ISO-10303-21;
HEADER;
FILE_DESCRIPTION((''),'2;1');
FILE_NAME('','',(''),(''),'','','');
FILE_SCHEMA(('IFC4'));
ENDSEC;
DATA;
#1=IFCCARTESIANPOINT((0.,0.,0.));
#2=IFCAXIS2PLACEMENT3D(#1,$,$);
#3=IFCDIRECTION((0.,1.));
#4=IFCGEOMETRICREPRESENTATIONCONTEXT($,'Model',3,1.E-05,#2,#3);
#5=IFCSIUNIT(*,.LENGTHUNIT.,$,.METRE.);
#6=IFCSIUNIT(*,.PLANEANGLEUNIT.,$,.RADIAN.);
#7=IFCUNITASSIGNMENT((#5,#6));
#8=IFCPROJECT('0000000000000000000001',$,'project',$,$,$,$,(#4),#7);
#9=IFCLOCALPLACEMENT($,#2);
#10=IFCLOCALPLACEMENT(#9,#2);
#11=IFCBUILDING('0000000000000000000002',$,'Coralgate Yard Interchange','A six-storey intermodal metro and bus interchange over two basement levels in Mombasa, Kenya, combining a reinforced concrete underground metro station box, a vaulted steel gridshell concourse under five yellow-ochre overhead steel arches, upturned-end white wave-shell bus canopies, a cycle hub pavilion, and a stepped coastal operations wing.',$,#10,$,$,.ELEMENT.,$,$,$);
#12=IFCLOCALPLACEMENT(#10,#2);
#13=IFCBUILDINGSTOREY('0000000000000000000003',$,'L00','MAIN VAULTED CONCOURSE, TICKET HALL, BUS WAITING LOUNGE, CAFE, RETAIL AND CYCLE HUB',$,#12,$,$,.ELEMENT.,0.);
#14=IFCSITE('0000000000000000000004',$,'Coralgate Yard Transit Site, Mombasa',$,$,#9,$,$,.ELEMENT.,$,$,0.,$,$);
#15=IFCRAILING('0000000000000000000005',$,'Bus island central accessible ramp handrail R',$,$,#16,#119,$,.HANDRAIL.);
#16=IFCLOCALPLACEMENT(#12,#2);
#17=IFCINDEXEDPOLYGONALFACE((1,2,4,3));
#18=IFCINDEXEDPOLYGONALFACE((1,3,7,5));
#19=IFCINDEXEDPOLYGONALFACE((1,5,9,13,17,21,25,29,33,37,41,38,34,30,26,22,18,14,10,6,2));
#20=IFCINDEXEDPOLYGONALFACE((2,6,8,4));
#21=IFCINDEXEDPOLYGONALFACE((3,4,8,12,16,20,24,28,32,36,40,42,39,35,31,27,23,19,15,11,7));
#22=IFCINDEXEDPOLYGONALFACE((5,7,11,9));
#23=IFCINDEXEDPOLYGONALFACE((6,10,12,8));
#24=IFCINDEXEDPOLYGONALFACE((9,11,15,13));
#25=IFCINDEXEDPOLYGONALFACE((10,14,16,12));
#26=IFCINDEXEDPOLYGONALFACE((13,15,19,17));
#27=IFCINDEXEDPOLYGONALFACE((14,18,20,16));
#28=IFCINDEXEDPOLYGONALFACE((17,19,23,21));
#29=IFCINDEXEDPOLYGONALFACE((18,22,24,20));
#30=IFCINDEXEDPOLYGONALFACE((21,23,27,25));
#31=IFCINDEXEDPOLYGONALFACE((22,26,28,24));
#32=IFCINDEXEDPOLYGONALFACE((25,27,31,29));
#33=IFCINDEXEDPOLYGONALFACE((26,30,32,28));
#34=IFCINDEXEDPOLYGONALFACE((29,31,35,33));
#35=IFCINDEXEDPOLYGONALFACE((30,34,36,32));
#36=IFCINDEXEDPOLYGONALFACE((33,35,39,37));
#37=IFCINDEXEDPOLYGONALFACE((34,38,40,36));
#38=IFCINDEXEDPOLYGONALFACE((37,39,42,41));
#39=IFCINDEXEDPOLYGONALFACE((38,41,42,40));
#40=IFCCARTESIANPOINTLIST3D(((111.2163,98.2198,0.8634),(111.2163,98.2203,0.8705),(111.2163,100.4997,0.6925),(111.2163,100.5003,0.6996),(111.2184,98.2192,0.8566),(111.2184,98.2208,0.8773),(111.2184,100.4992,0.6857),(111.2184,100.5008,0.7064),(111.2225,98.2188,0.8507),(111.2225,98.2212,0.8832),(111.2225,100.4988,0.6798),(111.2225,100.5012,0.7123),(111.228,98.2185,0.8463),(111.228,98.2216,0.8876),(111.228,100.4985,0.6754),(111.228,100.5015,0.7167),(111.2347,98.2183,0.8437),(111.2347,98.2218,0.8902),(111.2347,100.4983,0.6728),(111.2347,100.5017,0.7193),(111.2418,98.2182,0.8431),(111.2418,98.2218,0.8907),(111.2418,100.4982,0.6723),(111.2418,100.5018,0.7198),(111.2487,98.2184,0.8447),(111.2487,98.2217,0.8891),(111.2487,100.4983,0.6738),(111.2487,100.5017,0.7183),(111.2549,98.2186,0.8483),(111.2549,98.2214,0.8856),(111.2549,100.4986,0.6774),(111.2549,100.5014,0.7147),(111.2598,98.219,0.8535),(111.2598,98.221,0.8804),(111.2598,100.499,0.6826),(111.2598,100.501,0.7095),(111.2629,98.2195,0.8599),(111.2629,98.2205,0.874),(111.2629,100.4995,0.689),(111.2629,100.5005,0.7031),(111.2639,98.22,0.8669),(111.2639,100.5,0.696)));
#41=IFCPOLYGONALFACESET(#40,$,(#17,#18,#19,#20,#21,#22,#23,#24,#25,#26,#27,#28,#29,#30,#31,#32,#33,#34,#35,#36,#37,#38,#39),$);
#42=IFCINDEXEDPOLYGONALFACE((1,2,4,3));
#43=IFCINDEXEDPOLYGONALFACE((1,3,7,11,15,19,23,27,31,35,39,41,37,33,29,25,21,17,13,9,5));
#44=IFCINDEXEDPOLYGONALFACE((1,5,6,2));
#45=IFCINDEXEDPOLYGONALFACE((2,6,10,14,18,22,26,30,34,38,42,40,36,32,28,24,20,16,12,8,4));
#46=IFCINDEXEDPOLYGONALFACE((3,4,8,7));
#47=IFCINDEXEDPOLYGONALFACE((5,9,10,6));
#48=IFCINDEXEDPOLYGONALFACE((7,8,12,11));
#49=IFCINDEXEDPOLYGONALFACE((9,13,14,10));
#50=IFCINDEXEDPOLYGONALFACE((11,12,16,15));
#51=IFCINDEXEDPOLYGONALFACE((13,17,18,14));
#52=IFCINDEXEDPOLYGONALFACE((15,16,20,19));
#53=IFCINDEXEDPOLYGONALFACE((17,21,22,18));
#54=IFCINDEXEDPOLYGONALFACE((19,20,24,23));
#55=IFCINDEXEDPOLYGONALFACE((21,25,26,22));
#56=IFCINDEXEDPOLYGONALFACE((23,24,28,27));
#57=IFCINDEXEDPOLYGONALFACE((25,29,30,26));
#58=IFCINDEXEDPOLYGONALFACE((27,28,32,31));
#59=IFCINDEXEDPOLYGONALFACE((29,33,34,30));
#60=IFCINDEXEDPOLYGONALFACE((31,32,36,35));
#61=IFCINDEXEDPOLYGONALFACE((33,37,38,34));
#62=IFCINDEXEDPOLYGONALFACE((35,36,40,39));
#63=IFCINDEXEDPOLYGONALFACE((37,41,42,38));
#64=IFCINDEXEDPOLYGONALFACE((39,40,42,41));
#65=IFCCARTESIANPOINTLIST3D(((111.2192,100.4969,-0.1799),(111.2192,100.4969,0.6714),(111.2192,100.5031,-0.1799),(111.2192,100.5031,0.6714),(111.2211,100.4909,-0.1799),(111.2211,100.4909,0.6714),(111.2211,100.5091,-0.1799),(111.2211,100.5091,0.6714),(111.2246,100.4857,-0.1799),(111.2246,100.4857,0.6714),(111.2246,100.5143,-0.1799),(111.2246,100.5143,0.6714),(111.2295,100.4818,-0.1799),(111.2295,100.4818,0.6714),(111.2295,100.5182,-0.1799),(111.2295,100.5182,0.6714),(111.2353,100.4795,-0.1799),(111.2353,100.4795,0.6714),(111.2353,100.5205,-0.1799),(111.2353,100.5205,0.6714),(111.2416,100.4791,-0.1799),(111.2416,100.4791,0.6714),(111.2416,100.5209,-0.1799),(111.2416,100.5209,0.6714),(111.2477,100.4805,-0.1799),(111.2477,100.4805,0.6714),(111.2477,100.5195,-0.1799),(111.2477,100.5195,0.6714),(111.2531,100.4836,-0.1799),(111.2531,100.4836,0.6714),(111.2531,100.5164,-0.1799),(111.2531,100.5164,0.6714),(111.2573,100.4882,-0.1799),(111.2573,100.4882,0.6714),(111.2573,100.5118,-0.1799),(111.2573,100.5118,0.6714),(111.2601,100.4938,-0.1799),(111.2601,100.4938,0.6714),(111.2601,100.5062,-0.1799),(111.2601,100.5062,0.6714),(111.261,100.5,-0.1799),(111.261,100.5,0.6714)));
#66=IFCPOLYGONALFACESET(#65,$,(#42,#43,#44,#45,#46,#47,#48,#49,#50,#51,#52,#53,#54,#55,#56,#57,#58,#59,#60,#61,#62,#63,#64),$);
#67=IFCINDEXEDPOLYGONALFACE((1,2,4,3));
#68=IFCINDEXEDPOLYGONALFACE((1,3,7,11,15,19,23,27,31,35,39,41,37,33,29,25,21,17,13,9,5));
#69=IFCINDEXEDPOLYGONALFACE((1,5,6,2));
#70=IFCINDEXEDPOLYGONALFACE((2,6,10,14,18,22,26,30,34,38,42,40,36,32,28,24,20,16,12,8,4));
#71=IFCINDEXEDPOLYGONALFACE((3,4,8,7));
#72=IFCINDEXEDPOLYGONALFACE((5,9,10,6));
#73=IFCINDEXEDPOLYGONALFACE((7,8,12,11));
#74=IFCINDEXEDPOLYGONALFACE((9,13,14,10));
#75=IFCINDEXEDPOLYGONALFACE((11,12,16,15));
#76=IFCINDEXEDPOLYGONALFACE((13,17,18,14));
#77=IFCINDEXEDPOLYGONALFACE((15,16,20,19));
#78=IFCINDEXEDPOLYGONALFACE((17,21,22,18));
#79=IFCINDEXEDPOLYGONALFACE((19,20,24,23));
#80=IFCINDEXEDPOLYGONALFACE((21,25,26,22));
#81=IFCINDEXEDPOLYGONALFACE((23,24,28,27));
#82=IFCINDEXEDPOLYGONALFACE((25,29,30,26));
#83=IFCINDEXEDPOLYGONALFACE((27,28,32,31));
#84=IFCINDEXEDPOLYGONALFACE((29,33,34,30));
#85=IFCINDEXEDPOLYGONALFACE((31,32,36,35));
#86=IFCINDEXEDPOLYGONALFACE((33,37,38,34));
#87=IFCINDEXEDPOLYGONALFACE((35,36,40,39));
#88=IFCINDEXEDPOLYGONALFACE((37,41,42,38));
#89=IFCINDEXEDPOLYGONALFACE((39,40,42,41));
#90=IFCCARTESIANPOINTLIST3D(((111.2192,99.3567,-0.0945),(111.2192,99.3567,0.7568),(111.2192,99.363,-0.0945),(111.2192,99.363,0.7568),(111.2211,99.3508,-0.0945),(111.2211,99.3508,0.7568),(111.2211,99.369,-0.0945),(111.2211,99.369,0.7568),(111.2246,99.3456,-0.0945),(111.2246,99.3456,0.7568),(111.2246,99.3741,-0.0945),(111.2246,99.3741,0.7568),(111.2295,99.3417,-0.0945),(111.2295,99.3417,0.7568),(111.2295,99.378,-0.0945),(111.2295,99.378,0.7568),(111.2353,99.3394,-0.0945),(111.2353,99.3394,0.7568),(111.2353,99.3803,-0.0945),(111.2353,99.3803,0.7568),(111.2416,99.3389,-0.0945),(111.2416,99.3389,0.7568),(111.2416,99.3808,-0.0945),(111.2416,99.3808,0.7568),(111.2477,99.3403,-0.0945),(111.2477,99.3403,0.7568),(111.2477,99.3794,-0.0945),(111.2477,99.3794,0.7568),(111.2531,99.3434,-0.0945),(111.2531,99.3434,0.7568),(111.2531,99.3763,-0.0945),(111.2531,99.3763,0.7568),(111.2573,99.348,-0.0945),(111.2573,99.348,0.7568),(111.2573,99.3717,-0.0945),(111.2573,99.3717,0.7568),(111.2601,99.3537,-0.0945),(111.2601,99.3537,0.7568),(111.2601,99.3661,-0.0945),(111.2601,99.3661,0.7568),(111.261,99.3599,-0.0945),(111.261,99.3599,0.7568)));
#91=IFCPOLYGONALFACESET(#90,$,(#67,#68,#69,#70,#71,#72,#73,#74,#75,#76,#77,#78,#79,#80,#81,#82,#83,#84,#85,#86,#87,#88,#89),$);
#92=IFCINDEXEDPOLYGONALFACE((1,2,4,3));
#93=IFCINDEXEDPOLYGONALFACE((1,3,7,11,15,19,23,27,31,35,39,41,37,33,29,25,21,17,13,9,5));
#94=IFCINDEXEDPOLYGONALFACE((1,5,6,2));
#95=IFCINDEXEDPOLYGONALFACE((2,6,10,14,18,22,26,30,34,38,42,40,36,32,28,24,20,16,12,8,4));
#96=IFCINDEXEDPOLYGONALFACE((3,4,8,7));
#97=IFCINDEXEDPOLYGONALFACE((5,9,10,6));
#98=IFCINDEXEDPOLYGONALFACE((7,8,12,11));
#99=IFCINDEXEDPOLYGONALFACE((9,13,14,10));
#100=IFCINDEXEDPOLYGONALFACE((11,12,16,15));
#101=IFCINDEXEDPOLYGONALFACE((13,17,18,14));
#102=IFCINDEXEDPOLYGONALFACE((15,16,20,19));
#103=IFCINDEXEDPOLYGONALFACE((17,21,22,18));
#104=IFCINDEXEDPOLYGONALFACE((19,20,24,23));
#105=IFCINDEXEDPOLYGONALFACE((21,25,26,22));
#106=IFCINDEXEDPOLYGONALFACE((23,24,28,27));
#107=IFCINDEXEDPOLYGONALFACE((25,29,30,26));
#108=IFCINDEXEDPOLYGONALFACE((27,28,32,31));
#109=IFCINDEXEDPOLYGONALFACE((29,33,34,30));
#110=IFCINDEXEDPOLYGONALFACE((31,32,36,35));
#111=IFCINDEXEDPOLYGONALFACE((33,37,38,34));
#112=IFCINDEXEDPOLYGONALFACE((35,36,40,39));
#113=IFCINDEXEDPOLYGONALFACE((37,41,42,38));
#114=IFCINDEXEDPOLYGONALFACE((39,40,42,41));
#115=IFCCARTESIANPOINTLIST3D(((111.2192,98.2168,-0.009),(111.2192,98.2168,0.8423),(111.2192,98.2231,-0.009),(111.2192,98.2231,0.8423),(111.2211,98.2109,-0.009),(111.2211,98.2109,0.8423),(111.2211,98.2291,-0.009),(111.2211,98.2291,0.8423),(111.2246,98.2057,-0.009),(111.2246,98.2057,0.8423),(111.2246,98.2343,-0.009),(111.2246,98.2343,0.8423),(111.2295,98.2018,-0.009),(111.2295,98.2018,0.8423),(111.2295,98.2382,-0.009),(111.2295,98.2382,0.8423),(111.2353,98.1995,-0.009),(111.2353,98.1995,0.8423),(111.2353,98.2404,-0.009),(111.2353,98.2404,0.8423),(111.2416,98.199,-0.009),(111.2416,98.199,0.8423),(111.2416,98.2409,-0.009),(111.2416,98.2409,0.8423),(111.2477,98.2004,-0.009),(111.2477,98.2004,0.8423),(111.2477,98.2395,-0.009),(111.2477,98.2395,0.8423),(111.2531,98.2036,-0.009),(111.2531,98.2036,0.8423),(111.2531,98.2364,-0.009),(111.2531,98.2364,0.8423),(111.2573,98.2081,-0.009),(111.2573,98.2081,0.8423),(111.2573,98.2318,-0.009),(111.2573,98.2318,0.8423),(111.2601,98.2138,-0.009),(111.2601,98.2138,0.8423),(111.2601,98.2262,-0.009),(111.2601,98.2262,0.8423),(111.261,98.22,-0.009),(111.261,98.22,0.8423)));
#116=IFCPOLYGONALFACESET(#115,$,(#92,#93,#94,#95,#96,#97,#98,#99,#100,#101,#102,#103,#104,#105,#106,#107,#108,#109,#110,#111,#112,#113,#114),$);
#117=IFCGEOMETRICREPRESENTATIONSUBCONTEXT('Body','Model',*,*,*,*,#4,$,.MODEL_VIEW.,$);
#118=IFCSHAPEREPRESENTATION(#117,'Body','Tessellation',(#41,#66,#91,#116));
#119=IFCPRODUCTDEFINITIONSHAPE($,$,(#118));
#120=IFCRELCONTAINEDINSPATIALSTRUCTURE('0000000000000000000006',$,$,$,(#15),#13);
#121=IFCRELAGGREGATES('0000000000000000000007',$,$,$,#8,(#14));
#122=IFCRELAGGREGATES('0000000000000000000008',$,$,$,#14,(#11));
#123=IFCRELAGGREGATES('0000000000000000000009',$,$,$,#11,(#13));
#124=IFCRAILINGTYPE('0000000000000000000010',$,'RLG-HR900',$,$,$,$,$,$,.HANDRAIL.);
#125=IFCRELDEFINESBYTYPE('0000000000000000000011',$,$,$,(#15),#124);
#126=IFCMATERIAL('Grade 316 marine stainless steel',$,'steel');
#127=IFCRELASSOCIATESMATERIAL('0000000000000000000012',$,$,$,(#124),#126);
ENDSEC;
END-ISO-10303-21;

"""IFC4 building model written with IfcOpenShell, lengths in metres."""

from ifc_helpers import new_model, si_unit, direction, frame, origin, origin_2d, place, context, subcontext, project, spatial, circle, extrude, material, type_object, element, save


model = new_model("IFC4")

# Units and contexts
model_context = context("Model", 3, precision=1e-05, world=origin(), true_north=direction((0.0, 1.0)))
body_context = subcontext(model_context, "Body", "Model", "MODEL_VIEW")
ifc_project = project(units=[si_unit("LENGTHUNIT", "METRE"), si_unit("PLANEANGLEUNIT", "RADIAN")], contexts=[model_context])

# Site, building, storey
site_placement = place(None, origin())
site = spatial("IfcSite", under=ifc_project, at=site_placement, Name="Coralgate Yard Transit Site, Mombasa", CompositionType="ELEMENT", RefElevation=0.0)
building_placement = place(site_placement, origin())
building = spatial("IfcBuilding", under=site, at=building_placement, Name="Coralgate Yard Interchange", Description="A six-storey intermodal metro and bus interchange over two basement levels in Mombasa, Kenya, combining a reinforced concrete underground metro station box, a vaulted steel gridshell concourse under five yellow-ochre overhead steel arches, upturned-end white wave-shell bus canopies, a cycle hub pavilion, and a stepped coastal operations wing.", CompositionType="ELEMENT")
storey_placement = place(building_placement, origin())
storey = spatial("IfcBuildingStorey", under=building, at=storey_placement, Name="L00", Description="MAIN VAULTED CONCOURSE, TICKET HALL, BUS WAITING LOUNGE, CAFE, RETAIL AND CYCLE HUB", CompositionType="ELEMENT", Elevation=0.0)

# Railing
ifc_material_1 = material(Name="Grade 316 marine stainless steel", Category="steel")
railing_type = type_object("IfcRailingType", Name="RLG-HR900", PredefinedType="HANDRAIL", material=ifc_material_1)
for number, where, name in (
    (1, (111.24, 100.5, -0.1799), "Bus island central accessible ramp handrail R"),
):
    element("IfcRailing", number, at=place(storey_placement, frame(where)), inside=storey, type_object=railing_type, Name=name, PredefinedType="HANDRAIL", context=body_context, shape_type="SweptSolid", body=[
        extrude(circle(Radius=0.0239, at=origin_2d()), frame((0.0, 0.0, 0.876), z_axis=(0.0, -0.997203, 0.074745), x_axis=(1.0, 0.0, 0.0)), (0.0, 0.0, 1.0), 2.2864),
        extrude(circle(Radius=0.021, at=origin_2d()), origin(), (0.0, 0.0, 1.0), 0.8513),
        extrude(circle(Radius=0.021, at=origin_2d()), frame((0.0, -1.1401, 0.0854)), (0.0, 0.0, 1.0), 0.8513),
        extrude(circle(Radius=0.021, at=origin_2d()), frame((0.0, -2.28, 0.1709)), (0.0, 0.0, 1.0), 0.8513),
    ])

save(model, "model.ifc")
